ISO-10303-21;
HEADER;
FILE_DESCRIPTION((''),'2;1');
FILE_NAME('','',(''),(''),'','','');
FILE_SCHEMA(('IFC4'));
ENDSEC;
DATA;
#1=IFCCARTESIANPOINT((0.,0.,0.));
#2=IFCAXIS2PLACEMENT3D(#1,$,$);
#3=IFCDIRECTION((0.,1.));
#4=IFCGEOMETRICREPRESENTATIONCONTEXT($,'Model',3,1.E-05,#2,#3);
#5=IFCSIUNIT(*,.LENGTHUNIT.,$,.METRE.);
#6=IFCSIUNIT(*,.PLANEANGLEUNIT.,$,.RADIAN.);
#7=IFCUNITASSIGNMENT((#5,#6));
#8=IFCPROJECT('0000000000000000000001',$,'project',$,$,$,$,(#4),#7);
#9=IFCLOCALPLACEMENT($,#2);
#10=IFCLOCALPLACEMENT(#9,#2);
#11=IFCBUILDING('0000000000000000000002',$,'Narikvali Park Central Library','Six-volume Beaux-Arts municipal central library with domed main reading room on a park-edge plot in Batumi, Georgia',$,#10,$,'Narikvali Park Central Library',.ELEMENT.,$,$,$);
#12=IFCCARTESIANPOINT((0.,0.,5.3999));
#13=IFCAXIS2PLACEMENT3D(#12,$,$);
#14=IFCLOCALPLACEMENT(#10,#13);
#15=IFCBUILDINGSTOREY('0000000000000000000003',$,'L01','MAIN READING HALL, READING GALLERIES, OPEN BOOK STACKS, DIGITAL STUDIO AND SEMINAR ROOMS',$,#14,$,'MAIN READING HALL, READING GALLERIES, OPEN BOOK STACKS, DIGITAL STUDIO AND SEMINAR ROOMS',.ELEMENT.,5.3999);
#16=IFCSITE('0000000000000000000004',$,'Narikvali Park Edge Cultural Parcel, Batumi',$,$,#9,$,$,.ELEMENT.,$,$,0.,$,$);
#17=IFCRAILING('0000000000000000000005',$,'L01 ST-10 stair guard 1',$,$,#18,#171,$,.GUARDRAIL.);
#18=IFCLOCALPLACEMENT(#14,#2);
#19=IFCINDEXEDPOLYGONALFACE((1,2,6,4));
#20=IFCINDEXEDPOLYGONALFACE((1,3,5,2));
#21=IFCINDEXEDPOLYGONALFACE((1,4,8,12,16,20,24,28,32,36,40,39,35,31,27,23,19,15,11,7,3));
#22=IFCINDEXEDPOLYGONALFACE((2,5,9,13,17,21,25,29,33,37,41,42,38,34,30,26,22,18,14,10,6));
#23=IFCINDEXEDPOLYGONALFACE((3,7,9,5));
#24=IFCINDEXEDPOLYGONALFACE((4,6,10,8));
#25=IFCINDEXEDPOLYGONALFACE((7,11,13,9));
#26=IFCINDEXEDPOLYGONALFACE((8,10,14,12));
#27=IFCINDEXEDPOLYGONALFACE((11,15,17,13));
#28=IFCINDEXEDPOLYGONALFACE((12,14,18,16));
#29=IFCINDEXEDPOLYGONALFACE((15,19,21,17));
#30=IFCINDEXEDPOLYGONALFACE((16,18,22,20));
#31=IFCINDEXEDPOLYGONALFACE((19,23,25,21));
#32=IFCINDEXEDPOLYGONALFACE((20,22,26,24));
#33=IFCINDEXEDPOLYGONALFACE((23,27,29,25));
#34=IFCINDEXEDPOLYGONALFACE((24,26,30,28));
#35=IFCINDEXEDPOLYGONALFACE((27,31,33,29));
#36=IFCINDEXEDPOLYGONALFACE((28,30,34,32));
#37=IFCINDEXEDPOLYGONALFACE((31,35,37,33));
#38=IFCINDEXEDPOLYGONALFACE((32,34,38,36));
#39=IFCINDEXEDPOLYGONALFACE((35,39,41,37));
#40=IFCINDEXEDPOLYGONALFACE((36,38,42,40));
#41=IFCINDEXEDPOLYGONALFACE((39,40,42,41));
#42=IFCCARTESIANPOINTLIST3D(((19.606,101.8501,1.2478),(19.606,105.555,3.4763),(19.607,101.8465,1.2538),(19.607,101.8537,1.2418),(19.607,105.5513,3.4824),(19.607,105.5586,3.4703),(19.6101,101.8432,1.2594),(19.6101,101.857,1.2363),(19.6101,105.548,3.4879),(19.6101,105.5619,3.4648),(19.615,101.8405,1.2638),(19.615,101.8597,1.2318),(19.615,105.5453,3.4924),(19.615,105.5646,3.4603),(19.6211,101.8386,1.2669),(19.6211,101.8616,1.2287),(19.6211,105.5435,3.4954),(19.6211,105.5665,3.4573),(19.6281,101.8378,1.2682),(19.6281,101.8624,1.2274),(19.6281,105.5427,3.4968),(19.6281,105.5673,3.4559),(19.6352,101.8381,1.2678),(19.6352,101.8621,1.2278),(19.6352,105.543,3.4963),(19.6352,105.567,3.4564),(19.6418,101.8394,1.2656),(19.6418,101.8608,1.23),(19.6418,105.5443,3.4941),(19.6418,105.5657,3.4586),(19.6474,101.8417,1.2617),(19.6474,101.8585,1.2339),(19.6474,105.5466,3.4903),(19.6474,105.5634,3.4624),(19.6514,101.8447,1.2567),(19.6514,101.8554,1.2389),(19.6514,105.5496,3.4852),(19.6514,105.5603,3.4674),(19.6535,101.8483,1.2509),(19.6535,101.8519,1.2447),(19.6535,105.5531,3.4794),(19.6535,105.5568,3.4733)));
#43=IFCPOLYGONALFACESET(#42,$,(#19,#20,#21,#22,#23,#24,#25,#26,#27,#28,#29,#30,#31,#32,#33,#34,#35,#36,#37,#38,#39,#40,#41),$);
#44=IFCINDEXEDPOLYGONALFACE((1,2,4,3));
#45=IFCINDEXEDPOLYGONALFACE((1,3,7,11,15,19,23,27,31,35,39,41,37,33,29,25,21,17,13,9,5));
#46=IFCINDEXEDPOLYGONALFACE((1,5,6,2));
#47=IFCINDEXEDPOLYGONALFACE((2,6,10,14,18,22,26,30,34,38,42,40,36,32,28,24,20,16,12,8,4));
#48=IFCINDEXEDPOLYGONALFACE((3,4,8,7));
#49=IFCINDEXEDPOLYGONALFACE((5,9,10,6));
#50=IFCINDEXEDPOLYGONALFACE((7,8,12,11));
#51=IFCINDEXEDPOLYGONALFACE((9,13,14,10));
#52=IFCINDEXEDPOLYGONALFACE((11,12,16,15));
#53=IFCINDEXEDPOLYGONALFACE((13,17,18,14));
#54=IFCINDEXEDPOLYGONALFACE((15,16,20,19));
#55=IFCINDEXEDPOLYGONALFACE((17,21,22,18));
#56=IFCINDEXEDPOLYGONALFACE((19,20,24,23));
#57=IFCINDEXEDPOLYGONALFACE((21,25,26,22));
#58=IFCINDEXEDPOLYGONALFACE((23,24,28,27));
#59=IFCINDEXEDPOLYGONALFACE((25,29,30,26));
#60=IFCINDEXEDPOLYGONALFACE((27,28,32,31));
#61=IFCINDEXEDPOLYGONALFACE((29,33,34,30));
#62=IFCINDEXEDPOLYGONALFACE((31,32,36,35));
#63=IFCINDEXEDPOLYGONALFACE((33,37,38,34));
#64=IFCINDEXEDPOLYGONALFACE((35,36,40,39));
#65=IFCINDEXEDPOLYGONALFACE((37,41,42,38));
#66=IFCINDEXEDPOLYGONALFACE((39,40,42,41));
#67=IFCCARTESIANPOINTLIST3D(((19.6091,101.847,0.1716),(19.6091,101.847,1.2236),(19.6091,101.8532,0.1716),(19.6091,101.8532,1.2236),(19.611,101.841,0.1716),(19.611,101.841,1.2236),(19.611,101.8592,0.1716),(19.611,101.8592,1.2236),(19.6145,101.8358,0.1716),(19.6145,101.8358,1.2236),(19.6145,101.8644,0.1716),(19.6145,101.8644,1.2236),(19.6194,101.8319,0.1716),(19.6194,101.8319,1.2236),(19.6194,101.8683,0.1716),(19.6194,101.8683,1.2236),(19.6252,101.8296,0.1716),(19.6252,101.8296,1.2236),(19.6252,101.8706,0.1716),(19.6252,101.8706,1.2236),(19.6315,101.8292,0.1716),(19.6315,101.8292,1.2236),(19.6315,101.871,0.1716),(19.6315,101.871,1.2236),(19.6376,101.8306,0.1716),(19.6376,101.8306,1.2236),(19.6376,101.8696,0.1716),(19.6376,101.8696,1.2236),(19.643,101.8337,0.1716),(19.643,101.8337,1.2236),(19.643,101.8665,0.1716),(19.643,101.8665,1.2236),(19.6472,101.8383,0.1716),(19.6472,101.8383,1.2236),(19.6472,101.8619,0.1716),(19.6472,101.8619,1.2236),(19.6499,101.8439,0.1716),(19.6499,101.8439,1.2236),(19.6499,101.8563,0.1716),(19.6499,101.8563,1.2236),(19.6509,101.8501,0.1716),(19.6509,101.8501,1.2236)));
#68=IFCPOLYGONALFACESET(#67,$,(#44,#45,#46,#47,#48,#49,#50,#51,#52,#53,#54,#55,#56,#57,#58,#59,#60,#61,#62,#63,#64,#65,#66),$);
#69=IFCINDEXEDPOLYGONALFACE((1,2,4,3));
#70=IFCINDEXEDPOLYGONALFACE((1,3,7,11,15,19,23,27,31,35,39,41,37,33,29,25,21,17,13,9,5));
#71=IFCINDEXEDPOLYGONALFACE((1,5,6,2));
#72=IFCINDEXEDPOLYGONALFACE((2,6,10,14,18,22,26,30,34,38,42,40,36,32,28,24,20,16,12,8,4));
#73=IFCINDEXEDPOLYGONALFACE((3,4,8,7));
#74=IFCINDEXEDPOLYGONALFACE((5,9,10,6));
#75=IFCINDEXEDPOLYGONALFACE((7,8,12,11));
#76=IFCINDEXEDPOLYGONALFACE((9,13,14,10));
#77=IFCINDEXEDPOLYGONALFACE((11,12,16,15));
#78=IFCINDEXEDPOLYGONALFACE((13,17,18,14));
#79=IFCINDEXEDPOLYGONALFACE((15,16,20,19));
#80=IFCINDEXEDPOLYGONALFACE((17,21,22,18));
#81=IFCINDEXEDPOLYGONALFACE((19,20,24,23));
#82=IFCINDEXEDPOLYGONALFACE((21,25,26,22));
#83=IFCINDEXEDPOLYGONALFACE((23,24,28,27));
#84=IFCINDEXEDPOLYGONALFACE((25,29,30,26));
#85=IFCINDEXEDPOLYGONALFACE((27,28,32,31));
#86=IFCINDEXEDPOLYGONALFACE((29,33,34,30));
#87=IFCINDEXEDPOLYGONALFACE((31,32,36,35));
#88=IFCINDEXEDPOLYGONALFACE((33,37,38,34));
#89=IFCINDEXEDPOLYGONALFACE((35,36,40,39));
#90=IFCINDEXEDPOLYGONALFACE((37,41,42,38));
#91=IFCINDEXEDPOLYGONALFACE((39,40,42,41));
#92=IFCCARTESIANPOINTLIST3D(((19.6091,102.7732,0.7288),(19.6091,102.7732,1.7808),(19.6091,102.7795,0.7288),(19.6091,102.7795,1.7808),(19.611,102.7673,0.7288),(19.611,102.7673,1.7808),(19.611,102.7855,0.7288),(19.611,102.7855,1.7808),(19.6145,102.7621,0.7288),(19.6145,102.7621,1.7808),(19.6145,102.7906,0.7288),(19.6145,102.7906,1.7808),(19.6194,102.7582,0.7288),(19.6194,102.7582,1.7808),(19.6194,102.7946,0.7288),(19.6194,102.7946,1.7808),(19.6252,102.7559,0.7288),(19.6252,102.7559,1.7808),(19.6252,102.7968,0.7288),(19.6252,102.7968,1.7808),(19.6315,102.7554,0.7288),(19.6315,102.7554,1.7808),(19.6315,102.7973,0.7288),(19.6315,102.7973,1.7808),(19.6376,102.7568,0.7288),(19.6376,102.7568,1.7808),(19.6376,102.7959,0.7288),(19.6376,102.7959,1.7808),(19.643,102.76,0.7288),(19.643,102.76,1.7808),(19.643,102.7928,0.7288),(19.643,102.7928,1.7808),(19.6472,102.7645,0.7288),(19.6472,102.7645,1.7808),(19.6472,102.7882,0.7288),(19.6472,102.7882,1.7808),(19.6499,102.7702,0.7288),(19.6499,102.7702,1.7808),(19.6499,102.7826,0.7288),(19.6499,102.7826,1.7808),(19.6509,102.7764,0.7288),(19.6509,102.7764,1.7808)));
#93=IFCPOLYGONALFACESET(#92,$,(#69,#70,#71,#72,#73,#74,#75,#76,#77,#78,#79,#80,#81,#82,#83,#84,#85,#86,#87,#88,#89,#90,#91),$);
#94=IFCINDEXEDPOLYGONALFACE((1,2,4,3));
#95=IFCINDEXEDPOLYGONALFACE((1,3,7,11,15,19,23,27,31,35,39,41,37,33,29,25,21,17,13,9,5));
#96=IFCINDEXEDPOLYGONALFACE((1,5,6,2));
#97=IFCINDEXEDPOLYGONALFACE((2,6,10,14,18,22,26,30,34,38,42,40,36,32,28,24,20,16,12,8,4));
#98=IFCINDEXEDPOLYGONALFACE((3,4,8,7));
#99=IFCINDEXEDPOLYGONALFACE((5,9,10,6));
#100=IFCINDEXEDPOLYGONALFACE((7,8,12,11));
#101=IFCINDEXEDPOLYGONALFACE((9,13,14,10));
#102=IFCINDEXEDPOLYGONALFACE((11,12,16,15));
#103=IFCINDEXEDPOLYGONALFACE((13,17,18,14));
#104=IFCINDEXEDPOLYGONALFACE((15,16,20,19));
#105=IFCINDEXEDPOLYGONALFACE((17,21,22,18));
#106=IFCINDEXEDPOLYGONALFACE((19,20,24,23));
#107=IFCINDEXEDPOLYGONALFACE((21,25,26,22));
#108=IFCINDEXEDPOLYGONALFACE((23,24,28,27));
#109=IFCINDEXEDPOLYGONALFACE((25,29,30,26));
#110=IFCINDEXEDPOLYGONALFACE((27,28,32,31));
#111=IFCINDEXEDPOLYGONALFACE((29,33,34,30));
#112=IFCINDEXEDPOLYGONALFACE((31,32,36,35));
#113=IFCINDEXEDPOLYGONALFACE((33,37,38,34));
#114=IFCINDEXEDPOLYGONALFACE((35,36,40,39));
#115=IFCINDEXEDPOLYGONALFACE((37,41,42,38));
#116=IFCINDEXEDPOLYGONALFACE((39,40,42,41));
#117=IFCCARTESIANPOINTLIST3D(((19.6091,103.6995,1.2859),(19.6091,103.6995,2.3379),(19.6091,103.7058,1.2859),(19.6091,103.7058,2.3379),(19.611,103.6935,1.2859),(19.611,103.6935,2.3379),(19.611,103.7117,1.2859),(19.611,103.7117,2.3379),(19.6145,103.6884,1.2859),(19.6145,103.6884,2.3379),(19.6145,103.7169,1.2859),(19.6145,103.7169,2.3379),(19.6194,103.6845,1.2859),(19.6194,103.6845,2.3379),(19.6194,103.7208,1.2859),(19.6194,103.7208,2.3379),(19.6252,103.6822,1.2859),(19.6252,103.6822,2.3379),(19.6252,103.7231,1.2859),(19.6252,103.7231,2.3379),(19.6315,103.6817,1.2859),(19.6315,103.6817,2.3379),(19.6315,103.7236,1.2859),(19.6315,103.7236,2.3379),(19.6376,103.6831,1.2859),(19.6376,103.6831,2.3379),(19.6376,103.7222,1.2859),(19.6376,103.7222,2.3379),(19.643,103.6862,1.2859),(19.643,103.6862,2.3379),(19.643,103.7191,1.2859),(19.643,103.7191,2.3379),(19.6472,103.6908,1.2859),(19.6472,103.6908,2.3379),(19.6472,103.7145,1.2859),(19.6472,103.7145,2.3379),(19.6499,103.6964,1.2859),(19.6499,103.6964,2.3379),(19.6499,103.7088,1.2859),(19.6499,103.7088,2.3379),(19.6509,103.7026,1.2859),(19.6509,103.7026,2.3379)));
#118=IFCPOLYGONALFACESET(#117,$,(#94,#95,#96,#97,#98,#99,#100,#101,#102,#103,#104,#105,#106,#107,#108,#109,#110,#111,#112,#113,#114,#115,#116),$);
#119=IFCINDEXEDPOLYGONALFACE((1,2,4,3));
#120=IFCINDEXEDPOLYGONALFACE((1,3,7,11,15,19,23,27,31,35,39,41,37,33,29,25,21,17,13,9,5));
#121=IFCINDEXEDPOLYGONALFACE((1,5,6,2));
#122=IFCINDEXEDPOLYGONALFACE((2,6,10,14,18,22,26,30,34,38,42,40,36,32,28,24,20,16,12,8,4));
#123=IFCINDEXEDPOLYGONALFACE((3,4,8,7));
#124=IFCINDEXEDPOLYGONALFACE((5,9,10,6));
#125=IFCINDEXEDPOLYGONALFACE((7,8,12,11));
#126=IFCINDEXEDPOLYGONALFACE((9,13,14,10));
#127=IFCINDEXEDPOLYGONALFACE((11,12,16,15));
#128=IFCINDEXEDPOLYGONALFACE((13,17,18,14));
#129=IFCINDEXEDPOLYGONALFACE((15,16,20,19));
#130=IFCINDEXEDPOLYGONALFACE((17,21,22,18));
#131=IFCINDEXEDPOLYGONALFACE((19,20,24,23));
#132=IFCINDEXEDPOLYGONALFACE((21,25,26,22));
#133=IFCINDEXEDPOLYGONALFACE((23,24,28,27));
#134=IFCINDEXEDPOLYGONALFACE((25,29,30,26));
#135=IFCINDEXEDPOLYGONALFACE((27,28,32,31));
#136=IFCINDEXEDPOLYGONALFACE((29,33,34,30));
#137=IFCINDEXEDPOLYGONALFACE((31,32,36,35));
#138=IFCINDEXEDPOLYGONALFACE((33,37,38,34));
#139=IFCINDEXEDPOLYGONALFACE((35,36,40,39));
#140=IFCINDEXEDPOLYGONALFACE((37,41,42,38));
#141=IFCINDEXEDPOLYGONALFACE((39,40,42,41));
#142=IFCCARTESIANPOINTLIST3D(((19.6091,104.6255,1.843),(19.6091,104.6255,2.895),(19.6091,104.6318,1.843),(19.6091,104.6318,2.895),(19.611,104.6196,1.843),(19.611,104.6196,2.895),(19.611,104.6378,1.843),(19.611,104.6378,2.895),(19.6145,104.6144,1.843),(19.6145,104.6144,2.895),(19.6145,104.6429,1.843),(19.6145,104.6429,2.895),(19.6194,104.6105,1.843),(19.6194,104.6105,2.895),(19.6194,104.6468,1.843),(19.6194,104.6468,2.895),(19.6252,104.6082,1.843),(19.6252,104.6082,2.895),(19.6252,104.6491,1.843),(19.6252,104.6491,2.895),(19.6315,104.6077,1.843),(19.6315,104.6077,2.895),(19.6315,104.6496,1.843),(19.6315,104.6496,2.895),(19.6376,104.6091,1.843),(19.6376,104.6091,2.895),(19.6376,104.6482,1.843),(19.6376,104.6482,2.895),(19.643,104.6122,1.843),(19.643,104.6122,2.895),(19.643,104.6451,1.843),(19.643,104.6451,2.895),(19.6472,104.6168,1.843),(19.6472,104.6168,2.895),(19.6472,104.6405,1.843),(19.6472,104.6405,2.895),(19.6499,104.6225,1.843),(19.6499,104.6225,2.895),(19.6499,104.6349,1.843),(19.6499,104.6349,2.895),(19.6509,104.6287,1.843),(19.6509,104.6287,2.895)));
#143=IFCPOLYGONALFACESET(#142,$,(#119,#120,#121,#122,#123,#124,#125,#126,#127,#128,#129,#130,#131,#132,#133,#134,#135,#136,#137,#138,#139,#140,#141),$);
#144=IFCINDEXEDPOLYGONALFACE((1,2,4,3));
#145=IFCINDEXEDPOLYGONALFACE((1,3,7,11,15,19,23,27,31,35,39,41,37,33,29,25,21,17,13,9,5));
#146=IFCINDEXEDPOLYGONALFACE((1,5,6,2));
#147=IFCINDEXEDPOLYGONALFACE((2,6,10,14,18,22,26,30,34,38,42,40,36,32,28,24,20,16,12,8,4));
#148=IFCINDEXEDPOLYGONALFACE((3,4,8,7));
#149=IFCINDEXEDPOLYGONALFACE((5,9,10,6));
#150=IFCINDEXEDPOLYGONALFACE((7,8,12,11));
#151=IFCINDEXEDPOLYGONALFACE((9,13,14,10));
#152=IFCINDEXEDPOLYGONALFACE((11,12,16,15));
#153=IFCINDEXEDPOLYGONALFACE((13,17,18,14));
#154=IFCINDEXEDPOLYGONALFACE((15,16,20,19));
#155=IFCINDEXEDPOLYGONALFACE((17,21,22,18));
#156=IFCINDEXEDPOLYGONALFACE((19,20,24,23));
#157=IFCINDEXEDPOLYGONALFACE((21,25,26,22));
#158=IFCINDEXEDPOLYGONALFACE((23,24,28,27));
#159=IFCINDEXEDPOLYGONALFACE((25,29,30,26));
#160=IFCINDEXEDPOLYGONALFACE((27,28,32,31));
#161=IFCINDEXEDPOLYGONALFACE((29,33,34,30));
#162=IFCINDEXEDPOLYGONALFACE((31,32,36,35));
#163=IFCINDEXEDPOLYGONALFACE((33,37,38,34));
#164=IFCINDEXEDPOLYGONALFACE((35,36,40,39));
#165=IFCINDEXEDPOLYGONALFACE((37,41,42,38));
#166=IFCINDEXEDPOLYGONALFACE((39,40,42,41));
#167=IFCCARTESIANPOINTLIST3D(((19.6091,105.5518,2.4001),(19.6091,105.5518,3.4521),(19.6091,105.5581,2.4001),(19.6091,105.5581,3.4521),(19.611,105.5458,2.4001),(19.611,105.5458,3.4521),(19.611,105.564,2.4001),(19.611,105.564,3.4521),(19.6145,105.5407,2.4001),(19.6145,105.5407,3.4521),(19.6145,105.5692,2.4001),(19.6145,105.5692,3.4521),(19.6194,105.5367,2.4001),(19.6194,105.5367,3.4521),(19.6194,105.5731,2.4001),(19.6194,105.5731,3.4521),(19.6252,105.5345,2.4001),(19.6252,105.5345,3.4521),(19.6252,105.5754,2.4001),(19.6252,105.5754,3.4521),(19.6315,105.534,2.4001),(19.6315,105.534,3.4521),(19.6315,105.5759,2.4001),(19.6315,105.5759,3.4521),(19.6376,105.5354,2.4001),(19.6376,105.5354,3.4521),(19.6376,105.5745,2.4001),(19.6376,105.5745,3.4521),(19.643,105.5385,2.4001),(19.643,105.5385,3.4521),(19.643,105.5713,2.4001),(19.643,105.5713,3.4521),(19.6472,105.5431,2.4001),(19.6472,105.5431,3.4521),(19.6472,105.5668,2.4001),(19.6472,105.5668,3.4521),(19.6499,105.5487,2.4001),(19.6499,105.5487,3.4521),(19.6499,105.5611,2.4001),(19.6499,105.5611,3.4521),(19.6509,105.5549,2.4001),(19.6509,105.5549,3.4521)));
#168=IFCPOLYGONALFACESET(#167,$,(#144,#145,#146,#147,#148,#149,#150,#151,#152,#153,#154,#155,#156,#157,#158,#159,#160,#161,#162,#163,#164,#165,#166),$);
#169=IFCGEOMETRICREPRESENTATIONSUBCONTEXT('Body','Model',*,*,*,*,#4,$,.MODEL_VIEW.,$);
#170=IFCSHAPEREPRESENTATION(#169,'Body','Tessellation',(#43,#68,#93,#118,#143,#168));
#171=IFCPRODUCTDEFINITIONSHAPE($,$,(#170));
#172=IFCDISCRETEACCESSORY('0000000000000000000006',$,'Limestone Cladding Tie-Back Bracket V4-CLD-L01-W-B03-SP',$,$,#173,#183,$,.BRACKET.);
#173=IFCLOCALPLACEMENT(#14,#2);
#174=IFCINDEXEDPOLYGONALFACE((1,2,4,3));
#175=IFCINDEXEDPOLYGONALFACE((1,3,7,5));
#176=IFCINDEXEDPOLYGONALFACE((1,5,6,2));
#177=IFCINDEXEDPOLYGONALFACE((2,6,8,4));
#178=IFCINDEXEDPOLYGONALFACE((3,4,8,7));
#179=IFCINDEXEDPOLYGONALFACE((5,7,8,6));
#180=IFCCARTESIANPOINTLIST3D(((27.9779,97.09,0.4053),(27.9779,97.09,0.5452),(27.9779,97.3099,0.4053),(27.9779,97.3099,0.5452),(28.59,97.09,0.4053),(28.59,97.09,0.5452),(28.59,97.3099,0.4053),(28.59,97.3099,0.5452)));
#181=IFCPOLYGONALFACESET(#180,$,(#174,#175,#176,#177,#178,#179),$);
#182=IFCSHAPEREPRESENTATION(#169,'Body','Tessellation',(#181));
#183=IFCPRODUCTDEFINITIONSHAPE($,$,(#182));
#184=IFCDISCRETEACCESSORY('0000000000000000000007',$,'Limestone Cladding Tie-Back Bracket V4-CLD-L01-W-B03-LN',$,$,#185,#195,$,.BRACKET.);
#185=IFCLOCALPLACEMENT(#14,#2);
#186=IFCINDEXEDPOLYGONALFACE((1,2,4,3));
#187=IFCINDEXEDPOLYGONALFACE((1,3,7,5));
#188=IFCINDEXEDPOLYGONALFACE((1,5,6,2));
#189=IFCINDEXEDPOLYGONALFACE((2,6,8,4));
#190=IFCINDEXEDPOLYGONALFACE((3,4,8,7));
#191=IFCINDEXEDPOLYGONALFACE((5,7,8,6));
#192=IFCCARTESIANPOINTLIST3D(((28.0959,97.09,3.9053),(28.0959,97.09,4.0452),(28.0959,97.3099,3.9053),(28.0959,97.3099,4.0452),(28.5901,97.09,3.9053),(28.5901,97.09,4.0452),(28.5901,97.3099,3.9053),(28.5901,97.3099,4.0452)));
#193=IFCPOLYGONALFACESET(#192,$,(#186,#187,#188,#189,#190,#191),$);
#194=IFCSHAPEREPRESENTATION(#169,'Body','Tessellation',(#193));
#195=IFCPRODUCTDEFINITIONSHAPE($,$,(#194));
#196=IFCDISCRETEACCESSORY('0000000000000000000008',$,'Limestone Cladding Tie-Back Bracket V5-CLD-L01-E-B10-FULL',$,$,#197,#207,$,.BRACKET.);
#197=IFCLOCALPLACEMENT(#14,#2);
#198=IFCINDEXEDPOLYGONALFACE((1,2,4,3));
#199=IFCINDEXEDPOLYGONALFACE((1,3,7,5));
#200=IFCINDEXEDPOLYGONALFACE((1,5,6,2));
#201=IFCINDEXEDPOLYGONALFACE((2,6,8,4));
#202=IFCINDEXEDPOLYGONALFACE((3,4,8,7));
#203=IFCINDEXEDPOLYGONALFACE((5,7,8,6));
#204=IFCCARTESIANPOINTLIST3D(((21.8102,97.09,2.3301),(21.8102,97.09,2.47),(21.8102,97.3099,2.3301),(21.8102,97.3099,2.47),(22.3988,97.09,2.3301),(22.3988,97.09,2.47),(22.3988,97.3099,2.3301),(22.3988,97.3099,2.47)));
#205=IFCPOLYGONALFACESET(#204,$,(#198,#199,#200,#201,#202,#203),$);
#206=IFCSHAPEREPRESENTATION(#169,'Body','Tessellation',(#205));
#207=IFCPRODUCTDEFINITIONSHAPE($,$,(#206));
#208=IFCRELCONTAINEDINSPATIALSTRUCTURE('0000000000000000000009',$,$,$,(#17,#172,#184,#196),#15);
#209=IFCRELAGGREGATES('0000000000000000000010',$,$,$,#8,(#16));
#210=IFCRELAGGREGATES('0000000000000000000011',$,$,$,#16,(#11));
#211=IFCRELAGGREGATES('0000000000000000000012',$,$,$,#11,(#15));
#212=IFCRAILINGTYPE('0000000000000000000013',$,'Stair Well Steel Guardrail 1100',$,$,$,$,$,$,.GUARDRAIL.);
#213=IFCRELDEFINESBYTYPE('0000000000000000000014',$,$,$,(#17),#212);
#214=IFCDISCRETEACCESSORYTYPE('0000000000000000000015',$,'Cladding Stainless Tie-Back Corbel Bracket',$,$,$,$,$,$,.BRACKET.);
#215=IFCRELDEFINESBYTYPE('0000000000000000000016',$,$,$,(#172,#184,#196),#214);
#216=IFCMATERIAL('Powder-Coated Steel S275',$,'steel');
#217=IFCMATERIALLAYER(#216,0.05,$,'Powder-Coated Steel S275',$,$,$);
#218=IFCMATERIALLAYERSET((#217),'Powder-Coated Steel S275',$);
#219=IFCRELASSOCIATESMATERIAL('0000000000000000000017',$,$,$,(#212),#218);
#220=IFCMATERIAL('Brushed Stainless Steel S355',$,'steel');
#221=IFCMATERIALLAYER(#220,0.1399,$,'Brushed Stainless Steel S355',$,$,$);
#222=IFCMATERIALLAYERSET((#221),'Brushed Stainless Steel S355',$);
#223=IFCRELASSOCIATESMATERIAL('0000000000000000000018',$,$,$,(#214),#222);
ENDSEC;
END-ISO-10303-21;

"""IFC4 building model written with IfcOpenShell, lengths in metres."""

from ifc_helpers import new_model, si_unit, direction, frame, origin, origin_2d, place, context, subcontext, project, spatial, rectangle, circle, extrude, material, layer, layer_set, type_object, element, save


model = new_model("IFC4")

# Units and contexts
model_context = context("Model", 3, precision=1e-05, world=origin(), true_north=direction((0.0, 1.0)))
body_context = subcontext(model_context, "Body", "Model", "MODEL_VIEW")
ifc_project = project(units=[si_unit("LENGTHUNIT", "METRE"), si_unit("PLANEANGLEUNIT", "RADIAN")], contexts=[model_context])

# Site, building, storey
site_placement = place(None, origin())
site = spatial("IfcSite", under=ifc_project, at=site_placement, Name="Narikvali Park Edge Cultural Parcel, Batumi", CompositionType="ELEMENT", RefElevation=0.0)
building_placement = place(site_placement, origin())
building = spatial("IfcBuilding", under=site, at=building_placement, Name="Narikvali Park Central Library", Description="Six-volume Beaux-Arts municipal central library with domed main reading room on a park-edge plot in Batumi, Georgia", LongName="Narikvali Park Central Library", CompositionType="ELEMENT")
storey_placement = place(building_placement, frame((0.0, 0.0, 5.3999)))
storey = spatial("IfcBuildingStorey", under=building, at=storey_placement, Name="L01", Description="MAIN READING HALL, READING GALLERIES, OPEN BOOK STACKS, DIGITAL STUDIO AND SEMINAR ROOMS", LongName="MAIN READING HALL, READING GALLERIES, OPEN BOOK STACKS, DIGITAL STUDIO AND SEMINAR ROOMS", CompositionType="ELEMENT", Elevation=5.3999)

# Railing
ifc_material_1 = material(Name="Powder-Coated Steel S275", Category="steel")
ifc_layer_1 = layer(ifc_material_1, 0.05, Name="Powder-Coated Steel S275")
ifc_layer_set_1 = layer_set([ifc_layer_1], Name="Powder-Coated Steel S275")
railing_type = type_object("IfcRailingType", Name="Stair Well Steel Guardrail 1100", PredefinedType="GUARDRAIL", material=ifc_layer_set_1)
railing_placement = place(storey_placement, frame((19.6299, 101.8501, 0.1716)))
element("IfcRailing", 1, at=railing_placement, inside=storey, type_object=railing_type, Name="L01 ST-10 stair guard 1", PredefinedType="GUARDRAIL", context=body_context, shape_type="SweptSolid", body=[
    extrude(circle(Radius=0.0239, at=origin_2d()), frame((0.0, 0.0, 1.0762), z_axis=(0.0, 0.856919, 0.51545), x_axis=(-1.0, 0.0, 0.0)), (0.0, 0.0, 1.0), 4.3235),
    extrude(circle(Radius=0.021, at=origin_2d()), origin(), (0.0, 0.0, 1.0), 1.052),
    extrude(circle(Radius=0.021, at=origin_2d()), frame((0.0, 0.9263, 0.5571)), (0.0, 0.0, 1.0), 1.052),
    extrude(circle(Radius=0.021, at=origin_2d()), frame((0.0, 1.8525, 1.1143)), (0.0, 0.0, 1.0), 1.052),
    extrude(circle(Radius=0.021, at=origin_2d()), frame((0.0, 2.7786, 1.6714)), (0.0, 0.0, 1.0), 1.052),
    extrude(circle(Radius=0.021, at=origin_2d()), frame((0.0, 3.7048, 2.2285)), (0.0, 0.0, 1.0), 1.052),
])

# Discrete accessories
ifc_material_2 = material(Name="Brushed Stainless Steel S355", Category="steel")
ifc_layer_2 = layer(ifc_material_2, 0.1399, Name="Brushed Stainless Steel S355")
ifc_layer_set_2 = layer_set([ifc_layer_2], Name="Brushed Stainless Steel S355")
discrete_accessory_type = type_object("IfcDiscreteAccessoryType", Name="Cladding Stainless Tie-Back Corbel Bracket", PredefinedType="BRACKET", material=ifc_layer_set_2)
discrete_accessory_1_placement = place(storey_placement, frame((28.2839, 97.2, 0.4053), z_axis=(0.0, 0.0, 1.0), x_axis=(1.0, 0.0, 0.0)))
element("IfcDiscreteAccessory", 2, at=discrete_accessory_1_placement, inside=storey, type_object=discrete_accessory_type, Name="Limestone Cladding Tie-Back Bracket V4-CLD-L01-W-B03-SP", PredefinedType="BRACKET", context=body_context, shape_type="SweptSolid", body=[
    extrude(rectangle(XDim=0.6121, YDim=0.22, at=origin_2d()), origin(), (0.0, 0.0, 1.0), 0.1399),
])
discrete_accessory_2_placement = place(storey_placement, frame((28.343, 97.2, 3.9053), z_axis=(0.0, 0.0, 1.0), x_axis=(1.0, 0.0, 0.0)))
element("IfcDiscreteAccessory", 3, at=discrete_accessory_2_placement, inside=storey, type_object=discrete_accessory_type, Name="Limestone Cladding Tie-Back Bracket V4-CLD-L01-W-B03-LN", PredefinedType="BRACKET", context=body_context, shape_type="SweptSolid", body=[
    extrude(rectangle(XDim=0.4941, YDim=0.22, at=origin_2d()), origin(), (0.0, 0.0, 1.0), 0.1399),
])
discrete_accessory_3_placement = place(storey_placement, frame((22.1045, 97.2, 2.3301), z_axis=(0.0, 0.0, 1.0), x_axis=(1.0, 0.0, 0.0)))
element("IfcDiscreteAccessory", 4, at=discrete_accessory_3_placement, inside=storey, type_object=discrete_accessory_type, Name="Limestone Cladding Tie-Back Bracket V5-CLD-L01-E-B10-FULL", PredefinedType="BRACKET", context=body_context, shape_type="SweptSolid", body=[
    extrude(rectangle(XDim=0.5886, YDim=0.22, at=origin_2d()), origin(), (0.0, 0.0, 1.0), 0.1399),
])

save(model, "model.ifc")
